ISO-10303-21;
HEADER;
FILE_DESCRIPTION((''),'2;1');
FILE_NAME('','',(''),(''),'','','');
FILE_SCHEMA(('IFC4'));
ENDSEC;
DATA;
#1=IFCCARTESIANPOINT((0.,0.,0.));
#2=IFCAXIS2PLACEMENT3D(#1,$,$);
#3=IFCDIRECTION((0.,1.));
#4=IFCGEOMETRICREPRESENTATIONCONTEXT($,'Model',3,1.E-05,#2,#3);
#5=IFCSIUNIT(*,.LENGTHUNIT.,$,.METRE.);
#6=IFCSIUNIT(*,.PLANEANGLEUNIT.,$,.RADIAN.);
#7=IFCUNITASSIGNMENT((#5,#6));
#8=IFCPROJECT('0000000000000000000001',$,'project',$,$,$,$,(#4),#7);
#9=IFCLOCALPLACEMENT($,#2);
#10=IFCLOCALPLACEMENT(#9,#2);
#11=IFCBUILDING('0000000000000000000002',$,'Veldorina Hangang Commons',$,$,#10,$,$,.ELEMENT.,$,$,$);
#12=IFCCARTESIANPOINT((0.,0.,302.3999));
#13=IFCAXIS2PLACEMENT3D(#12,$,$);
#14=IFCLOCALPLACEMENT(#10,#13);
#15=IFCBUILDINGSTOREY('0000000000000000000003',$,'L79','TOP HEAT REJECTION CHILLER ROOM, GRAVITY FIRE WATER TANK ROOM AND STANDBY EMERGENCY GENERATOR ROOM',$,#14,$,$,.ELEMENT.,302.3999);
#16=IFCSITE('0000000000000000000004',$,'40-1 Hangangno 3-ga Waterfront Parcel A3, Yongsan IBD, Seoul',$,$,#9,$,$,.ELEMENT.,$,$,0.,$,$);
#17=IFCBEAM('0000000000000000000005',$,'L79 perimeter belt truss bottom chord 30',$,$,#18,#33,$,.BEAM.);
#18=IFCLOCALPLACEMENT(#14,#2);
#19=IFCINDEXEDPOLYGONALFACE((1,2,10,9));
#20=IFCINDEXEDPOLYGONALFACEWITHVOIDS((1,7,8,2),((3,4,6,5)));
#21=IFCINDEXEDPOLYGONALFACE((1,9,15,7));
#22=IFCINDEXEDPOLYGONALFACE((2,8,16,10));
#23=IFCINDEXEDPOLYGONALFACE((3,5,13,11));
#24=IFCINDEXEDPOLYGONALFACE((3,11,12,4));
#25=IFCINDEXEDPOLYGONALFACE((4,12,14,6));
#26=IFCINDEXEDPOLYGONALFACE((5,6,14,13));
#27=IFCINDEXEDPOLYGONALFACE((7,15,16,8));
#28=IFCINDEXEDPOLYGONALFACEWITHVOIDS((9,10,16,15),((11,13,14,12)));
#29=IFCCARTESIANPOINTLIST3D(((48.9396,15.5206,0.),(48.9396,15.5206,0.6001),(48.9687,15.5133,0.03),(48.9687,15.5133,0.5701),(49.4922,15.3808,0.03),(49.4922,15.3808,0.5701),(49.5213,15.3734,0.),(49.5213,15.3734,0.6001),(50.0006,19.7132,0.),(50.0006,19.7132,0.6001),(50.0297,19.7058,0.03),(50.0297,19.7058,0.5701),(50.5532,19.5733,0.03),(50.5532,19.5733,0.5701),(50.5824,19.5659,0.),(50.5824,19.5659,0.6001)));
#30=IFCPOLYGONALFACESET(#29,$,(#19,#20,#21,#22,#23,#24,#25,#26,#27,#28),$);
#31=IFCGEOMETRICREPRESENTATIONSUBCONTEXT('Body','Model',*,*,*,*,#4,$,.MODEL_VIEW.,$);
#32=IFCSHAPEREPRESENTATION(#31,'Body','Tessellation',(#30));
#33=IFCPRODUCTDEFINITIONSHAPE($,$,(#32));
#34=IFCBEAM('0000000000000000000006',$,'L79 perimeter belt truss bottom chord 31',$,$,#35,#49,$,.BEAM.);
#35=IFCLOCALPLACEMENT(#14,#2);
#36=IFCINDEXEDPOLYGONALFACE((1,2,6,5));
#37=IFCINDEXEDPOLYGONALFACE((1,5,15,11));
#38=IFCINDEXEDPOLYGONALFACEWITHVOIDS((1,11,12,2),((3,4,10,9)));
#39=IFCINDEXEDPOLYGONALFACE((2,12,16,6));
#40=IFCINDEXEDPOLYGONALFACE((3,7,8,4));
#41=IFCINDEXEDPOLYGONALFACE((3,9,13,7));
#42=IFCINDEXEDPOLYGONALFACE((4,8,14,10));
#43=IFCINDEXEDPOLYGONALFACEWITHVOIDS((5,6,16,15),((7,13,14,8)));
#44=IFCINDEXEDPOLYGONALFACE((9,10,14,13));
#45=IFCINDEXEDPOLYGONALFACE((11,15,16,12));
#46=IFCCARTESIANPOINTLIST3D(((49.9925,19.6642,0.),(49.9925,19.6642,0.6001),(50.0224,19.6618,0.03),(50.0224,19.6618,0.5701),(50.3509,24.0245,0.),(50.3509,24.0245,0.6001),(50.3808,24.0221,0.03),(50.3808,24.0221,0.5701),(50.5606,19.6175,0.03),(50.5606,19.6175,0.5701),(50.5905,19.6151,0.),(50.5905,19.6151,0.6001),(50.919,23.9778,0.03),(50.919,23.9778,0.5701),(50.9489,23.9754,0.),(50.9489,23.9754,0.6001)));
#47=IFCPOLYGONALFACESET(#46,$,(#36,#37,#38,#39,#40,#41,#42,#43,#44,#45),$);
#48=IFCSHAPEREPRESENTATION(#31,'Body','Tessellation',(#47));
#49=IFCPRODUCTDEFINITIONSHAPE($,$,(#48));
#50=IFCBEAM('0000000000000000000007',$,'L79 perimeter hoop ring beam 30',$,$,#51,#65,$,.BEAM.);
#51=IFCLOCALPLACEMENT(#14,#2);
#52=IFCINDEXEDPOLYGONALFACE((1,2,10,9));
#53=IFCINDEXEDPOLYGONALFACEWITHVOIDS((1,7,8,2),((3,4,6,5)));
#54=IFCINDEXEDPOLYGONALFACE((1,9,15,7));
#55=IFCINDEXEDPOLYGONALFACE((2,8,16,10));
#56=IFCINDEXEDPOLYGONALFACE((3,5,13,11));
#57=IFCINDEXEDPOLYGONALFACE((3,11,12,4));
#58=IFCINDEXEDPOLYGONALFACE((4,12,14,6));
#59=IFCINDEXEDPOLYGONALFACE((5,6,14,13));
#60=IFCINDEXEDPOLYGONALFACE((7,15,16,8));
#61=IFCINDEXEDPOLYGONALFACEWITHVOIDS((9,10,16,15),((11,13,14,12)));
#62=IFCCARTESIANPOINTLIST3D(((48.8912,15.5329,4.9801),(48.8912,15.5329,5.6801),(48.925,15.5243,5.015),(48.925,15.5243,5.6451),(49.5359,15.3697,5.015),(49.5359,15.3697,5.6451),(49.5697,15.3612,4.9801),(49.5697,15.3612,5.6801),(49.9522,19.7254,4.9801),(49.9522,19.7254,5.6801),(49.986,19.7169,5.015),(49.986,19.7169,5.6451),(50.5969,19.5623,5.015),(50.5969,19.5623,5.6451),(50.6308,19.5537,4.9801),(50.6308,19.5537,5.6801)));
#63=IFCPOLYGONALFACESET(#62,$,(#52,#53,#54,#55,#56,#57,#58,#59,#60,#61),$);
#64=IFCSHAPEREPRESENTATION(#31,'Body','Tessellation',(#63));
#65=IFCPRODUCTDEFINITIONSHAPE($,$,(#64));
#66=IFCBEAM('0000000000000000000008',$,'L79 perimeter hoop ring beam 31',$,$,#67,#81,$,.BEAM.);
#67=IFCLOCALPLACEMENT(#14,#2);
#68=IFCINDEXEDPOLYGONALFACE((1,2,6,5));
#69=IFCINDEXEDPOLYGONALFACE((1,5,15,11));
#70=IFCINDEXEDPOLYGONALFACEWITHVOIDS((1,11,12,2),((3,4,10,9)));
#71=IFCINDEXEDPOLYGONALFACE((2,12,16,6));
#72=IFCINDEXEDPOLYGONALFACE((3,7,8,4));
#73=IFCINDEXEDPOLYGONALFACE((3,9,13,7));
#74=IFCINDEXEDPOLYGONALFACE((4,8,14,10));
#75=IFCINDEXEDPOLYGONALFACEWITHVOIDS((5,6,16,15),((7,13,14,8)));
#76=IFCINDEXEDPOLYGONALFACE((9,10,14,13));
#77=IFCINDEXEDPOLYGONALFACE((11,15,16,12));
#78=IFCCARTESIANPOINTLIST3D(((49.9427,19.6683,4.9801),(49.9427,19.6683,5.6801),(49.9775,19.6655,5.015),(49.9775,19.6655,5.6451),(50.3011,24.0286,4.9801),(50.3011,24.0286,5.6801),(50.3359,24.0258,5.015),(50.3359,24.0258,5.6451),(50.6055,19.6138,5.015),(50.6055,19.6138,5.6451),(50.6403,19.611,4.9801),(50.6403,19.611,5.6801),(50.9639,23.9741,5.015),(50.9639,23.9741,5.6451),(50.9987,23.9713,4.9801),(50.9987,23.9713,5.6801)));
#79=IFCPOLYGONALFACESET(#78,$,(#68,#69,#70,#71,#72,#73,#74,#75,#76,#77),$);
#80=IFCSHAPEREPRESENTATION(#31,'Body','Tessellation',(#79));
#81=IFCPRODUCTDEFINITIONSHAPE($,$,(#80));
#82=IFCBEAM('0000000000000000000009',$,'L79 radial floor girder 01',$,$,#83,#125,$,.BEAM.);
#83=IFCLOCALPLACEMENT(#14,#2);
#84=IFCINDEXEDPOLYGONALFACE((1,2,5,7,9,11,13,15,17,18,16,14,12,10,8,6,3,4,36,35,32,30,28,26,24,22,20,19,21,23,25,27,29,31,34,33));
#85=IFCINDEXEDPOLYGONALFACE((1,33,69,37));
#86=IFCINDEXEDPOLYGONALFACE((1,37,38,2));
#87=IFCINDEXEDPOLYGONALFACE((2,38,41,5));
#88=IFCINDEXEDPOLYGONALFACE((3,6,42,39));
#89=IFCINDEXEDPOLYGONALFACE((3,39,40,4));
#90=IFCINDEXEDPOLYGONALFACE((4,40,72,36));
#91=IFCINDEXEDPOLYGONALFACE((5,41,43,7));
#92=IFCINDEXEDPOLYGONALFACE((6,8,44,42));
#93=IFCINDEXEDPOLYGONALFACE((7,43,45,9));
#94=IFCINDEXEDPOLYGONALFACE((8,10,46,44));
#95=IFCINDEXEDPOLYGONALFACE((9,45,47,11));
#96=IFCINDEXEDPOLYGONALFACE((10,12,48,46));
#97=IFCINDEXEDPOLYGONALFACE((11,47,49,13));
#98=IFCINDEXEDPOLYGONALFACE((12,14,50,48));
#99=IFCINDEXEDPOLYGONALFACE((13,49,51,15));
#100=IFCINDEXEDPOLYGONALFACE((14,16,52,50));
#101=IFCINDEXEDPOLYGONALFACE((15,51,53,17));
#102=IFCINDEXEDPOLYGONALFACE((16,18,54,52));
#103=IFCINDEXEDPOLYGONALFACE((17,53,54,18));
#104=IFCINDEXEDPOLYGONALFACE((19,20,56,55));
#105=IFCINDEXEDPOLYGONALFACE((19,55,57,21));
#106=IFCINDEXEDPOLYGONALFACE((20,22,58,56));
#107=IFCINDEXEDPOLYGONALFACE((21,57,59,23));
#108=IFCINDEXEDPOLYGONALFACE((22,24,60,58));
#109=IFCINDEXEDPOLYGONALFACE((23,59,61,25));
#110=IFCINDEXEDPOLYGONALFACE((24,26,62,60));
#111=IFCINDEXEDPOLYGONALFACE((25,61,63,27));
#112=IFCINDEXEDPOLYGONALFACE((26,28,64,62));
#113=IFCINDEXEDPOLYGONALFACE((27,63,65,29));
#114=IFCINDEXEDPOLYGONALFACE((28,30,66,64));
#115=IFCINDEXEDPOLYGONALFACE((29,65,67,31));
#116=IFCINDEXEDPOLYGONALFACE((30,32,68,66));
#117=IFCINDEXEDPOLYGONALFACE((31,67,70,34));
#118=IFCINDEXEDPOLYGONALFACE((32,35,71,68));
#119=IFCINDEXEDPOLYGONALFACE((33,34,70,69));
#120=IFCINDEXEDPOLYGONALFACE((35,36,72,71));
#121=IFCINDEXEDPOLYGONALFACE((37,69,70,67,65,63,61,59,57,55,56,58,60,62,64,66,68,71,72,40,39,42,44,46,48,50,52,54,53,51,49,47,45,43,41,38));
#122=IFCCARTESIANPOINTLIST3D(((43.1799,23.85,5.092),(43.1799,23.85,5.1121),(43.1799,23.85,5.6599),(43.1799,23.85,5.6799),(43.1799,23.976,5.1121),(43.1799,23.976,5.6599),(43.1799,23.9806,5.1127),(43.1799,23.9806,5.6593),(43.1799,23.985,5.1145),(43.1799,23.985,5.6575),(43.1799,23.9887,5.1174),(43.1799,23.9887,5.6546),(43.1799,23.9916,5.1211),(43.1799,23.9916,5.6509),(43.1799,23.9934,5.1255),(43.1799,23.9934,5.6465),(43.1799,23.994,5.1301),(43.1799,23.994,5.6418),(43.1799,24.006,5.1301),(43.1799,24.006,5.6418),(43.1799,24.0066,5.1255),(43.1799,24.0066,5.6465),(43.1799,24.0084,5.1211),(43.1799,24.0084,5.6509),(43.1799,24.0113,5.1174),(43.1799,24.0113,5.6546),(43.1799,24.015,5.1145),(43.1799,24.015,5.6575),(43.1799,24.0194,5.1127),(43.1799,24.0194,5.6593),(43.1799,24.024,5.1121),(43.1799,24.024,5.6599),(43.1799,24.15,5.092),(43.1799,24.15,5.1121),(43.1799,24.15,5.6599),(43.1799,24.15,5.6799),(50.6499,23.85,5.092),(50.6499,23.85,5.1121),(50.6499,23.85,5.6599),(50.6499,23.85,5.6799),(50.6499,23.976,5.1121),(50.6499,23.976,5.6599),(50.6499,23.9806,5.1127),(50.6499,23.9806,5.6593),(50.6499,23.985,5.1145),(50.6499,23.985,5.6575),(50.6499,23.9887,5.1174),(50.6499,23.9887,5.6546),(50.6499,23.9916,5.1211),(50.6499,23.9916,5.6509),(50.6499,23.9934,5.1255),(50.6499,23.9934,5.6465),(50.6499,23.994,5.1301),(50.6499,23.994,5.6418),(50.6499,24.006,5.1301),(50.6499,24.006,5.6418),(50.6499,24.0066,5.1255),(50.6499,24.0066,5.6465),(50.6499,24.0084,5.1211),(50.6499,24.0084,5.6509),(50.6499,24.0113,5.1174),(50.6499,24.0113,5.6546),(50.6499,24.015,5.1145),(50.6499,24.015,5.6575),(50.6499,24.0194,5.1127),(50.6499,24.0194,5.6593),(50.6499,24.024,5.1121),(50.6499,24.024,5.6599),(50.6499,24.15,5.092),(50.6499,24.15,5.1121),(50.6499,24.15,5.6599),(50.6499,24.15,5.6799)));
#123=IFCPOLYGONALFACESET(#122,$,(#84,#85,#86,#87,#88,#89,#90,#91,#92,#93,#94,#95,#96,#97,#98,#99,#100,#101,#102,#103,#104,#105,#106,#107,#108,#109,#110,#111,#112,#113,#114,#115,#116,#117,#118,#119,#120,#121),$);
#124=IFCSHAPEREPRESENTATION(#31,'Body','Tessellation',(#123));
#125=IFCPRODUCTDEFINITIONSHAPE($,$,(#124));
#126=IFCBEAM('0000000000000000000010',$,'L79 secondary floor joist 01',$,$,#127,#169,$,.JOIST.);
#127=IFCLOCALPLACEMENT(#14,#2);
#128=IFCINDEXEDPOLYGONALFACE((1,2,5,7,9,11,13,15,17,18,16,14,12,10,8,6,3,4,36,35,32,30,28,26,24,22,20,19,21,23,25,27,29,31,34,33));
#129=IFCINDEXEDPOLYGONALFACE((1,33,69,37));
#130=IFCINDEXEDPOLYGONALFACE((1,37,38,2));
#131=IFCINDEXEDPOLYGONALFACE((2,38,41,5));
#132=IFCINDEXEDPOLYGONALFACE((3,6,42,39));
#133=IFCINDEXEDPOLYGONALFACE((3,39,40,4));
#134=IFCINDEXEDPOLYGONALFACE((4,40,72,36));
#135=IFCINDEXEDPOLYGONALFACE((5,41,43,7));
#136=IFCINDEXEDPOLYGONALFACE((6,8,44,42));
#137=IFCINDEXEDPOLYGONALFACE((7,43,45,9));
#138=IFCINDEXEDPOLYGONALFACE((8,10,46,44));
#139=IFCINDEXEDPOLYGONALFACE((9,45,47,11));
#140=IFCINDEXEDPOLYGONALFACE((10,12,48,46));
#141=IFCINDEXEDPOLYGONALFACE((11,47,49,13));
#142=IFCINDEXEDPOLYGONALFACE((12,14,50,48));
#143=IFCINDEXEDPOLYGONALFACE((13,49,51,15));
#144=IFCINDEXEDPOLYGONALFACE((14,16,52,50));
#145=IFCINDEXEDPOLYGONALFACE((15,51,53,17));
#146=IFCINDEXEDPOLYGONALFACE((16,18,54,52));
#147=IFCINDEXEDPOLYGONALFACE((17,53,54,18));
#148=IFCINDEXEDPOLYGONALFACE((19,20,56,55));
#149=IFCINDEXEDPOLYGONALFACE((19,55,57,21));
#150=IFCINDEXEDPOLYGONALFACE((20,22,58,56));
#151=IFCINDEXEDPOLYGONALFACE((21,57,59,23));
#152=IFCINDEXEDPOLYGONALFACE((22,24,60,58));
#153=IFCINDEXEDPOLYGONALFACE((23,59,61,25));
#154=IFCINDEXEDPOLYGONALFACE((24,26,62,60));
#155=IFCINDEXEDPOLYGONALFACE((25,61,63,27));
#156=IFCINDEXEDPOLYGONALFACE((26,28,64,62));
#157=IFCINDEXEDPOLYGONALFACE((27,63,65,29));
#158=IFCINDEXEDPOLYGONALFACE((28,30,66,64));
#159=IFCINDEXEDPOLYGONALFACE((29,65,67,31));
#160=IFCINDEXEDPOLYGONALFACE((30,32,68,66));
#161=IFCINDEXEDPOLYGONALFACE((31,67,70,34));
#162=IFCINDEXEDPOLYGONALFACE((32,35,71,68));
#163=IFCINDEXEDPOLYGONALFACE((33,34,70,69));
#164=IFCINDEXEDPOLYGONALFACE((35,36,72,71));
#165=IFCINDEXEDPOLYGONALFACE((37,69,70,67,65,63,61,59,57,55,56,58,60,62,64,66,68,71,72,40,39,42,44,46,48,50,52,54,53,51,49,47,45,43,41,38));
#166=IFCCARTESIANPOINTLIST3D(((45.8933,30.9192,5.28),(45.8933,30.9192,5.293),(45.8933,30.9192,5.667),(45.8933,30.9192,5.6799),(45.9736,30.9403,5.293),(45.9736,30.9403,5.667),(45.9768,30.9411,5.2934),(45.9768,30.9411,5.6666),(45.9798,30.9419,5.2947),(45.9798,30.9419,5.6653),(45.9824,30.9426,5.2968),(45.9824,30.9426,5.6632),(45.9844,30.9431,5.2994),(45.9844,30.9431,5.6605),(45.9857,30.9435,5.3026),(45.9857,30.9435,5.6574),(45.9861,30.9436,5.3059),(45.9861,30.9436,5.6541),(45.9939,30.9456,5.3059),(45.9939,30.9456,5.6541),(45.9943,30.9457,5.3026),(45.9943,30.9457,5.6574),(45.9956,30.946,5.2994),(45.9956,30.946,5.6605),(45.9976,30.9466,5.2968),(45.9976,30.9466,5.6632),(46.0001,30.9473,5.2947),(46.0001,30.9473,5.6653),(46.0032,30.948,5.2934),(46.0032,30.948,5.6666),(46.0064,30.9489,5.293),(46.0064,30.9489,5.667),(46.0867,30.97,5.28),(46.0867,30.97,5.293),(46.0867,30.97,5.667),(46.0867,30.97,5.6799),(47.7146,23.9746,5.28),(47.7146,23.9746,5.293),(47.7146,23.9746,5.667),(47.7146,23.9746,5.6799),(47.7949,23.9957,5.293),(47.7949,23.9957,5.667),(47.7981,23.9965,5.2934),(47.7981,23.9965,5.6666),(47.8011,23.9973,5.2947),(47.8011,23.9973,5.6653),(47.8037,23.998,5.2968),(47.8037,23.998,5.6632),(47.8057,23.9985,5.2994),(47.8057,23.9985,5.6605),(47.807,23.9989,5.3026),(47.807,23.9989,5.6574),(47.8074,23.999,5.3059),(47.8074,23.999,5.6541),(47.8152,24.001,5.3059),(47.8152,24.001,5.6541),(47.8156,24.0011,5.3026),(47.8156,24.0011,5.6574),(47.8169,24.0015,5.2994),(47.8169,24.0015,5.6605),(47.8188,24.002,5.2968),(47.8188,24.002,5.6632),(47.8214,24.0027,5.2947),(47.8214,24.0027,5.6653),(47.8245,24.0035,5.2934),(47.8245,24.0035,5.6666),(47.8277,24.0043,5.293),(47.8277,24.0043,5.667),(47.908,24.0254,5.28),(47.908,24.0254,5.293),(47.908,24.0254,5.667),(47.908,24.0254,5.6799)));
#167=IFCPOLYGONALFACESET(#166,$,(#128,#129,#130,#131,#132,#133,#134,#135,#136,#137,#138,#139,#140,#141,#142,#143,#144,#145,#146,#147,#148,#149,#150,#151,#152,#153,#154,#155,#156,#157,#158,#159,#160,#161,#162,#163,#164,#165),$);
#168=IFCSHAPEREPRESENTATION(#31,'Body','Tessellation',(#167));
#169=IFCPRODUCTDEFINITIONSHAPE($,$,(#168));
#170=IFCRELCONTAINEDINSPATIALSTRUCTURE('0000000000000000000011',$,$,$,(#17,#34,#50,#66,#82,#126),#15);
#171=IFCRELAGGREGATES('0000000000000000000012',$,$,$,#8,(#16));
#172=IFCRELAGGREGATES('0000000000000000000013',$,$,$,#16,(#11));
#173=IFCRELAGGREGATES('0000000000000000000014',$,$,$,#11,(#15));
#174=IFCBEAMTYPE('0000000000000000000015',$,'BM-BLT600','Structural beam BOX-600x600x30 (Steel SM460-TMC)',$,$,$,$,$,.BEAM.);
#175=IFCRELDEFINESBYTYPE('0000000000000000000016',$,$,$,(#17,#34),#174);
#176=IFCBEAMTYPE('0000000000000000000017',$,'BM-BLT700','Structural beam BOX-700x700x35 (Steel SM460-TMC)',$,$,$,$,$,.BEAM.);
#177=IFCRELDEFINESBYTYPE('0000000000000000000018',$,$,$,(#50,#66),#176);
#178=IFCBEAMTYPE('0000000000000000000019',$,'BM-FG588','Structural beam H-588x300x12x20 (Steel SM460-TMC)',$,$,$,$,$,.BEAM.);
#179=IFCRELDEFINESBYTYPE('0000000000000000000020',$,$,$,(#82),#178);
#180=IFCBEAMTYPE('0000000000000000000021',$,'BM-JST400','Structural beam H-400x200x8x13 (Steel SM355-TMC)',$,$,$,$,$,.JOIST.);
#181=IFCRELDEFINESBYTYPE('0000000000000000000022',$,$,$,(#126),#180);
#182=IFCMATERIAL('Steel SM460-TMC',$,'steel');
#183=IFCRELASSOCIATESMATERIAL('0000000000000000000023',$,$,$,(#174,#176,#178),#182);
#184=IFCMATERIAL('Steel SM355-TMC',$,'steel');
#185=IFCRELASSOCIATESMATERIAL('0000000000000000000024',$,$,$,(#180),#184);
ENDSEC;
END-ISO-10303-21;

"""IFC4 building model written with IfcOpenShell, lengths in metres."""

from ifc_helpers import new_model, si_unit, direction, frame, origin, origin_2d, place, context, subcontext, project, spatial, hollow_rectangle, i_section, extrude, material, material_profile, profile_set, type_object, element, save


model = new_model("IFC4")

# Units and contexts
model_context = context("Model", 3, precision=1e-05, world=origin(), true_north=direction((0.0, 1.0)))
body_context = subcontext(model_context, "Body", "Model", "MODEL_VIEW")
ifc_project = project(units=[si_unit("LENGTHUNIT", "METRE"), si_unit("PLANEANGLEUNIT", "RADIAN")], contexts=[model_context])

# Site, building, storey
site_placement = place(None, origin())
site = spatial("IfcSite", under=ifc_project, at=site_placement, Name="40-1 Hangangno 3-ga Waterfront Parcel A3, Yongsan IBD, Seoul", CompositionType="ELEMENT", RefElevation=0.0)
building_placement = place(site_placement, origin())
building = spatial("IfcBuilding", under=site, at=building_placement, Name="Veldorina Hangang Commons", CompositionType="ELEMENT")
storey_placement = place(building_placement, frame((0.0, 0.0, 302.3999)))
storey = spatial("IfcBuildingStorey", under=building, at=storey_placement, Name="L79", Description="TOP HEAT REJECTION CHILLER ROOM, GRAVITY FIRE WATER TANK ROOM AND STANDBY EMERGENCY GENERATOR ROOM", CompositionType="ELEMENT", Elevation=302.3999)

# Beams
ifc_material_1 = material(Name="Steel SM460-TMC", Category="steel")
ifc_material_profile_1 = material_profile(ifc_material_1, hollow_rectangle(XDim=0.6001, YDim=0.6001, WallThickness=0.03, at=origin_2d()), Name="BOX-600x600x30")
ifc_profile_set_1 = profile_set([ifc_material_profile_1], Name="Steel SM460-TMC")
beam_type_1 = type_object("IfcBeamType", Name="BM-BLT600", Description="Structural beam BOX-600x600x30 (Steel SM460-TMC)", PredefinedType="BEAM", material=ifc_profile_set_1)
beam_1_placement = place(storey_placement, frame((49.2305, 15.447, 0.3), z_axis=(0.245337, 0.969438, 0.0), x_axis=(-0.969438, 0.245337, 0.0)))
element("IfcBeam", 1, at=beam_1_placement, inside=storey, type_object=beam_type_1, Name="L79 perimeter belt truss bottom chord 30", PredefinedType="BEAM", context=body_context, shape_type="SweptSolid", body=[
    extrude(hollow_rectangle(XDim=0.6001, YDim=0.6001, WallThickness=0.03, at=origin_2d()), origin(), (0.0, 0.0, 1.0), 4.3247),
])
beam_2_placement = place(storey_placement, frame((50.2915, 19.6396, 0.3), z_axis=(0.081919, 0.996639, 0.0), x_axis=(-0.996639, 0.081919, 0.0)))
element("IfcBeam", 2, at=beam_2_placement, inside=storey, type_object=beam_type_1, Name="L79 perimeter belt truss bottom chord 31", PredefinedType="BEAM", context=body_context, shape_type="SweptSolid", body=[
    extrude(hollow_rectangle(XDim=0.6001, YDim=0.6001, WallThickness=0.03, at=origin_2d()), origin(), (0.0, 0.0, 1.0), 4.375),
])
ifc_material_profile_2 = material_profile(ifc_material_1, hollow_rectangle(XDim=0.7, YDim=0.7, WallThickness=0.0349, at=origin_2d()), Name="BOX-700x700x35")
ifc_profile_set_2 = profile_set([ifc_material_profile_2], Name="Steel SM460-TMC")
beam_type_2 = type_object("IfcBeamType", Name="BM-BLT700", Description="Structural beam BOX-700x700x35 (Steel SM460-TMC)", PredefinedType="BEAM", material=ifc_profile_set_2)
beam_3_placement = place(storey_placement, frame((49.2305, 15.447, 5.3301), z_axis=(0.245337, 0.969438, 0.0), x_axis=(-0.969438, 0.245337, 0.0)))
element("IfcBeam", 3, at=beam_3_placement, inside=storey, type_object=beam_type_2, Name="L79 perimeter hoop ring beam 30", PredefinedType="BEAM", context=body_context, shape_type="SweptSolid", body=[
    extrude(hollow_rectangle(XDim=0.7, YDim=0.7, WallThickness=0.0349, at=origin_2d()), origin(), (0.0, 0.0, 1.0), 4.3247),
])
beam_4_placement = place(storey_placement, frame((50.2915, 19.6396, 5.3301), z_axis=(0.081919, 0.996639, 0.0), x_axis=(-0.996639, 0.081919, 0.0)))
element("IfcBeam", 4, at=beam_4_placement, inside=storey, type_object=beam_type_2, Name="L79 perimeter hoop ring beam 31", PredefinedType="BEAM", context=body_context, shape_type="SweptSolid", body=[
    extrude(hollow_rectangle(XDim=0.7, YDim=0.7, WallThickness=0.0349, at=origin_2d()), origin(), (0.0, 0.0, 1.0), 4.375),
])
ifc_material_profile_3 = material_profile(ifc_material_1, i_section(OverallWidth=0.3, OverallDepth=0.5879, WebThickness=0.012, FlangeThickness=0.02, FilletRadius=0.0181, at=origin_2d()), Name="H-588x300x12x20")
ifc_profile_set_3 = profile_set([ifc_material_profile_3], Name="Steel SM460-TMC")
beam_type_3 = type_object("IfcBeamType", Name="BM-FG588", Description="Structural beam H-588x300x12x20 (Steel SM460-TMC)", PredefinedType="BEAM", material=ifc_profile_set_3)
beam_5_placement = place(storey_placement, frame((43.1799, 24.0, 5.386), z_axis=(1.0, 0.0, 0.0), x_axis=(0.0, 1.0, 0.0)))
element("IfcBeam", 5, at=beam_5_placement, inside=storey, type_object=beam_type_3, Name="L79 radial floor girder 01", PredefinedType="BEAM", context=body_context, shape_type="SweptSolid", body=[
    extrude(i_section(OverallWidth=0.3, OverallDepth=0.5879, WebThickness=0.012, FlangeThickness=0.02, FilletRadius=0.0181, at=origin_2d()), origin(), (0.0, 0.0, 1.0), 7.47),
])
ifc_material_2 = material(Name="Steel SM355-TMC", Category="steel")
ifc_material_profile_4 = material_profile(ifc_material_2, i_section(OverallWidth=0.2, OverallDepth=0.3999, WebThickness=0.0081, FlangeThickness=0.0129, FilletRadius=0.0129, at=origin_2d()), Name="H-400x200x8x13")
ifc_profile_set_4 = profile_set([ifc_material_profile_4], Name="Steel SM355-TMC")
beam_type_4 = type_object("IfcBeamType", Name="BM-JST400", Description="Structural beam H-400x200x8x13 (Steel SM355-TMC)", PredefinedType="JOIST", material=ifc_profile_set_4)
beam_6_placement = place(storey_placement, frame((47.8113, 24.0, 5.48), z_axis=(-0.253681, 0.967288, 0.0), x_axis=(-0.967288, -0.253681, 0.0)))
element("IfcBeam", 6, at=beam_6_placement, inside=storey, type_object=beam_type_4, Name="L79 secondary floor joist 01", PredefinedType="JOIST", context=body_context, shape_type="SweptSolid", body=[
    extrude(i_section(OverallWidth=0.2, OverallDepth=0.3999, WebThickness=0.0081, FlangeThickness=0.0129, FilletRadius=0.0129, at=origin_2d()), origin(), (0.0, 0.0, 1.0), 7.1794),
])

save(model, "model.ifc")
